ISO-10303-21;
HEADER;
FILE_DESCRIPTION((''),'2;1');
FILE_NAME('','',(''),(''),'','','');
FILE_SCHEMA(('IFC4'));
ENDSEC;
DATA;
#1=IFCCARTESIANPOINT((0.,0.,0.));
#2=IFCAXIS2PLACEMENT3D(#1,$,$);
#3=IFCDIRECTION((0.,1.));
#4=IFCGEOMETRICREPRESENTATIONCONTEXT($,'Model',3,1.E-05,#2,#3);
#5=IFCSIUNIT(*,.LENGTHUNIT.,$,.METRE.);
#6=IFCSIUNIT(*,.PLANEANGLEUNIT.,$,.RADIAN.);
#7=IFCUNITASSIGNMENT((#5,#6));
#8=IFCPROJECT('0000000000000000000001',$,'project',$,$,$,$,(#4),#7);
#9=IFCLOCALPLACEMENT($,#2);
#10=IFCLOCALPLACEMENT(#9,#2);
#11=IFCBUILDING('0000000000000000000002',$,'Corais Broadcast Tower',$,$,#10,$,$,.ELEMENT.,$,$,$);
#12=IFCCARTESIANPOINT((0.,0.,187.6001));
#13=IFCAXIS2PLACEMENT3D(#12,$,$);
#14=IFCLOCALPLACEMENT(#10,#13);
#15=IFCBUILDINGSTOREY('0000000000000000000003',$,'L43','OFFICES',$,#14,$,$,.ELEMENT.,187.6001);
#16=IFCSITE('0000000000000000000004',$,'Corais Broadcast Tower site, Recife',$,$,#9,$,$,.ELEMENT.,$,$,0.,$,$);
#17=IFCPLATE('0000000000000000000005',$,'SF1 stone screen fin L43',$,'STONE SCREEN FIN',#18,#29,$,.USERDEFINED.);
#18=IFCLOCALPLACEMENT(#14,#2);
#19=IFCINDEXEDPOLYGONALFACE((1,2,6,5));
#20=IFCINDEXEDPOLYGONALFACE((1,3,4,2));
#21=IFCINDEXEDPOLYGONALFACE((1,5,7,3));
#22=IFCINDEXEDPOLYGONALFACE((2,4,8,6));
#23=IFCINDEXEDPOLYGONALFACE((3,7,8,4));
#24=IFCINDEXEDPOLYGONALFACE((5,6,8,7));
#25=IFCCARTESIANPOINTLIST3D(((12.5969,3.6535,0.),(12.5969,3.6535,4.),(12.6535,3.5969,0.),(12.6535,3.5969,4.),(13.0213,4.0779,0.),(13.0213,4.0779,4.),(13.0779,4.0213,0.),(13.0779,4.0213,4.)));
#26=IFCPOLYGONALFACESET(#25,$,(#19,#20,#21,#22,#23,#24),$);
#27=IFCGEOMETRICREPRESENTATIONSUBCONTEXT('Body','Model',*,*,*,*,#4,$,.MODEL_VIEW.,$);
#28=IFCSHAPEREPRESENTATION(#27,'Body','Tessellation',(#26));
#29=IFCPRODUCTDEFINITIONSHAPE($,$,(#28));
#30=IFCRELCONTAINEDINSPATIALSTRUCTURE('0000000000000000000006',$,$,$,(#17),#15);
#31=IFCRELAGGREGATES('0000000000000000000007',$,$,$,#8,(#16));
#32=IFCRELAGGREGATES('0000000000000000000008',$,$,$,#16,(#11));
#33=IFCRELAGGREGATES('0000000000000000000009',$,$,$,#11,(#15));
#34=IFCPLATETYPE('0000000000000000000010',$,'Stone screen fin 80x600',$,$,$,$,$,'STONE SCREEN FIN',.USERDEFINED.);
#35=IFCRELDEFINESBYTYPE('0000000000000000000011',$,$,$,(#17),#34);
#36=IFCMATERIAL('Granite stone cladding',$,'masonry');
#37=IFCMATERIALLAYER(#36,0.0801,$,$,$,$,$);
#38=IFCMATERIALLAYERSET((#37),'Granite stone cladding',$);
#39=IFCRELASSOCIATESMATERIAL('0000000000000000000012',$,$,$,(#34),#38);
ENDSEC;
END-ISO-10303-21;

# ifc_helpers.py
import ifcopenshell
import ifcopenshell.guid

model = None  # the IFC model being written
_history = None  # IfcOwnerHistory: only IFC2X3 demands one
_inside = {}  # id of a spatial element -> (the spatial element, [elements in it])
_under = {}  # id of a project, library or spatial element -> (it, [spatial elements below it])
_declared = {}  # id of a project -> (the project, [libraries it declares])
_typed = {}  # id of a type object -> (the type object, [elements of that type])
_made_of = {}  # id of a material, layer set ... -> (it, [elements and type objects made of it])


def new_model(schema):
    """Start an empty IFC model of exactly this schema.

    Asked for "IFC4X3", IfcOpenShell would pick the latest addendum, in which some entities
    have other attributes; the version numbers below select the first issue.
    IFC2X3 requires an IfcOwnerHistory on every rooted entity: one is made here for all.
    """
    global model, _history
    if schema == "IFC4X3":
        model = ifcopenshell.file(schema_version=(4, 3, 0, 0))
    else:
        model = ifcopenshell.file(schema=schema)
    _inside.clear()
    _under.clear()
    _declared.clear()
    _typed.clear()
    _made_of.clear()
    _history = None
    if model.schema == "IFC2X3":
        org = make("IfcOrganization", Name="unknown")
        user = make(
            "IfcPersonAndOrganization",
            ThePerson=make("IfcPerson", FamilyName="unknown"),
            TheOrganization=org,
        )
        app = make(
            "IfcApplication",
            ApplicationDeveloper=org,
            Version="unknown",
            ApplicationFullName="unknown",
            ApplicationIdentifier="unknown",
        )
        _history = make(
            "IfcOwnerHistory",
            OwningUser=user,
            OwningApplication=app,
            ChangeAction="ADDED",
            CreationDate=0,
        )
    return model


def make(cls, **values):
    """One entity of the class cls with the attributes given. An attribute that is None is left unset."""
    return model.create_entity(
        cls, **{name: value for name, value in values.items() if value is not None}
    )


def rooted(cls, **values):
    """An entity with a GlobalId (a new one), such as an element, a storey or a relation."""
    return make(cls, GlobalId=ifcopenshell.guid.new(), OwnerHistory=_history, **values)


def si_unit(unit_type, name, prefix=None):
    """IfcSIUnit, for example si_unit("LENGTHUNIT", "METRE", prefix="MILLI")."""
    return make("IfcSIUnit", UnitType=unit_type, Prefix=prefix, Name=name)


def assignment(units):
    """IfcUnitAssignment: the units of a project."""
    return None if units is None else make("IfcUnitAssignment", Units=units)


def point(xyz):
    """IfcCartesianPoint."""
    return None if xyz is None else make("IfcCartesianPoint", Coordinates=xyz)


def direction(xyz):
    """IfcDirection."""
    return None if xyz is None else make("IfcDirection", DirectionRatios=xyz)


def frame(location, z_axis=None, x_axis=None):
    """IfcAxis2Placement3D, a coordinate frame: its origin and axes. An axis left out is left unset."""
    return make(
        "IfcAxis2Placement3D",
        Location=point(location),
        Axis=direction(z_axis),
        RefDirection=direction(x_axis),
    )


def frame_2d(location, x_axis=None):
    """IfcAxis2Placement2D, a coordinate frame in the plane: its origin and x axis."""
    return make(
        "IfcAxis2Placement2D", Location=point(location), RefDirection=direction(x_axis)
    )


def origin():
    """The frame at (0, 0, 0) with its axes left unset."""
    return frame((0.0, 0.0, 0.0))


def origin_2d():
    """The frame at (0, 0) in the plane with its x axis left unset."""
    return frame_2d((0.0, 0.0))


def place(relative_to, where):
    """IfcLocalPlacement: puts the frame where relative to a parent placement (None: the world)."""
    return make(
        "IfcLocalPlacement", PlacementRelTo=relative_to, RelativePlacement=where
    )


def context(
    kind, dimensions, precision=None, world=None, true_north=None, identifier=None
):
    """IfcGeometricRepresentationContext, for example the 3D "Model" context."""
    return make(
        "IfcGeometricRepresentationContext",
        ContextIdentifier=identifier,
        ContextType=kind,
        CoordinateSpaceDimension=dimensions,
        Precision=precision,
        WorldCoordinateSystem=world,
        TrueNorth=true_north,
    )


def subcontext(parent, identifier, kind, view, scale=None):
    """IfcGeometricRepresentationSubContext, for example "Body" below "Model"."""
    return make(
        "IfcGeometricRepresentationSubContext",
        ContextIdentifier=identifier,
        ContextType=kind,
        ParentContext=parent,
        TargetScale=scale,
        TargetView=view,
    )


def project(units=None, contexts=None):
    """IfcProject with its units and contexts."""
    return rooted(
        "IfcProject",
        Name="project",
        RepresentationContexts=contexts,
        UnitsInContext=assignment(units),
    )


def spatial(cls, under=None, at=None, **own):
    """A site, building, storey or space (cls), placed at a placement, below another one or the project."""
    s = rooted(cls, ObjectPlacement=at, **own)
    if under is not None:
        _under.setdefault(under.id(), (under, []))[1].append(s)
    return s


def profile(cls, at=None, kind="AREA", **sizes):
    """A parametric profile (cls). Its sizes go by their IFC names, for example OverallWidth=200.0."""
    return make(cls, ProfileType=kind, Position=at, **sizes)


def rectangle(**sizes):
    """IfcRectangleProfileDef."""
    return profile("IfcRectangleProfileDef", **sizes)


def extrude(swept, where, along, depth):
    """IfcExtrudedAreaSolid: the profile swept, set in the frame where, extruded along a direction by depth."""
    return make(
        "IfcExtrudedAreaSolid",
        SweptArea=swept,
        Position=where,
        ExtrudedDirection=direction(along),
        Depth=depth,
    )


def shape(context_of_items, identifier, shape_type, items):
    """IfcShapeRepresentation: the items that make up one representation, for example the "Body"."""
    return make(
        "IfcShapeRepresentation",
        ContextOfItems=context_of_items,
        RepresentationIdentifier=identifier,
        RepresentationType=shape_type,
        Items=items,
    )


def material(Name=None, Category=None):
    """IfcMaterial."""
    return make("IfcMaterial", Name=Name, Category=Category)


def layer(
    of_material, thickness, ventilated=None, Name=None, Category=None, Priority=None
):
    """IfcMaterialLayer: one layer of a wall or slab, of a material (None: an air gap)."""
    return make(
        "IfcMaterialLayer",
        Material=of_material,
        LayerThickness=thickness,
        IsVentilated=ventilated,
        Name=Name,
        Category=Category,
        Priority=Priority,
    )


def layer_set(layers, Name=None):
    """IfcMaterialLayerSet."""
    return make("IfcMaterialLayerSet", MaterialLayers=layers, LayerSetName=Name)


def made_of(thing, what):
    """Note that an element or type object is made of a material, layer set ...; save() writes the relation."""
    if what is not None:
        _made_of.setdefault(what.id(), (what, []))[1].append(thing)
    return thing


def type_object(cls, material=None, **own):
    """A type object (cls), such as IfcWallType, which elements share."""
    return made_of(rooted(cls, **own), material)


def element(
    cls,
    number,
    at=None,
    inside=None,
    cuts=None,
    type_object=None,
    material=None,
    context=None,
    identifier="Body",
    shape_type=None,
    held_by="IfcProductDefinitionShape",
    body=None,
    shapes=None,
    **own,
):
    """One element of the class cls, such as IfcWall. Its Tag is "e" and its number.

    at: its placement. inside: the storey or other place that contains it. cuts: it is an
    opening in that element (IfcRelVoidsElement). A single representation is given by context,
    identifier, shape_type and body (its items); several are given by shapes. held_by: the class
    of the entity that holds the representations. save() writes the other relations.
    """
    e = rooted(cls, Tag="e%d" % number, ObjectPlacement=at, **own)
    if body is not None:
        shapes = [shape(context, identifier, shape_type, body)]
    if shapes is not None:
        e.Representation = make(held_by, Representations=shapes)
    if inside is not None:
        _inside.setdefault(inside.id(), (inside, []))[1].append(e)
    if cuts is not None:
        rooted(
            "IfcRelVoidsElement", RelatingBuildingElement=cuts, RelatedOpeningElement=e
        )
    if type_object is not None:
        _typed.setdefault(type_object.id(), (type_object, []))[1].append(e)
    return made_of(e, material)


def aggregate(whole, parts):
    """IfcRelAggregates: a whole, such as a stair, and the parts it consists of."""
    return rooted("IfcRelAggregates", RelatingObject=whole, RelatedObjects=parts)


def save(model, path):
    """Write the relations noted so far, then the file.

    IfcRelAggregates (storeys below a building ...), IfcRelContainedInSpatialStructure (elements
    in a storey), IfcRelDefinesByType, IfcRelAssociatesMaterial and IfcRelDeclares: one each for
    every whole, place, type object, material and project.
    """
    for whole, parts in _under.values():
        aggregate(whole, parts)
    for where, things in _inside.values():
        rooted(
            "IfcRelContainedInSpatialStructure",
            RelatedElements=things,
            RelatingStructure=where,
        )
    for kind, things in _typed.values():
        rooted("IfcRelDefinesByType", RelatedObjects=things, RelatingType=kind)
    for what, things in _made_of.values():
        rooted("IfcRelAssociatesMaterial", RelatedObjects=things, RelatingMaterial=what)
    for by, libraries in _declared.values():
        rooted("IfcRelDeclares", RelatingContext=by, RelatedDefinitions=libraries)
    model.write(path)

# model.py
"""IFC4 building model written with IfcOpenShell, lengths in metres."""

from ifc_helpers import new_model, si_unit, direction, frame, origin, origin_2d, place, context, subcontext, project, spatial, rectangle, extrude, material, layer, layer_set, type_object, element, save


model = new_model("IFC4")

# Units and contexts
model_context = context("Model", 3, precision=1e-05, world=origin(), true_north=direction((0.0, 1.0)))
body_context = subcontext(model_context, "Body", "Model", "MODEL_VIEW")
ifc_project = project(units=[si_unit("LENGTHUNIT", "METRE"), si_unit("PLANEANGLEUNIT", "RADIAN")], contexts=[model_context])

# Site, building, storey
site_placement = place(None, origin())
site = spatial("IfcSite", under=ifc_project, at=site_placement, Name="Corais Broadcast Tower site, Recife", CompositionType="ELEMENT", RefElevation=0.0)
building_placement = place(site_placement, origin())
building = spatial("IfcBuilding", under=site, at=building_placement, Name="Corais Broadcast Tower", CompositionType="ELEMENT")
storey_placement = place(building_placement, frame((0.0, 0.0, 187.6001)))
storey = spatial("IfcBuildingStorey", under=building, at=storey_placement, Name="L43", Description="OFFICES", CompositionType="ELEMENT", Elevation=187.6001)

# Plate
ifc_material_1 = material(Name="Granite stone cladding", Category="masonry")
ifc_layer_1 = layer(ifc_material_1, 0.0801)
ifc_layer_set_1 = layer_set([ifc_layer_1], Name="Granite stone cladding")
plate_type_1 = type_object("IfcPlateType", Name="Stone screen fin 80x600", ElementType="STONE SCREEN FIN", PredefinedType="USERDEFINED", material=ifc_layer_set_1)
for number, where, z_axis, x_axis, name in (
    (1, (12.8374, 3.8374, 0.0), (0.0, 0.0, 1.0), (-0.707107, 0.707107, 0.0), "SF1 stone screen fin L43"),
):
    element("IfcPlate", number, at=place(storey_placement, frame(where, z_axis=z_axis, x_axis=x_axis)), inside=storey, type_object=plate_type_1, Name=name, ObjectType="STONE SCREEN FIN", PredefinedType="USERDEFINED", context=body_context, shape_type="SweptSolid", body=[
        extrude(rectangle(XDim=0.0801, YDim=0.6001, at=origin_2d()), origin(), (0.0, 0.0, 1.0), 4.0),
    ])

save(model, "model.ifc")
